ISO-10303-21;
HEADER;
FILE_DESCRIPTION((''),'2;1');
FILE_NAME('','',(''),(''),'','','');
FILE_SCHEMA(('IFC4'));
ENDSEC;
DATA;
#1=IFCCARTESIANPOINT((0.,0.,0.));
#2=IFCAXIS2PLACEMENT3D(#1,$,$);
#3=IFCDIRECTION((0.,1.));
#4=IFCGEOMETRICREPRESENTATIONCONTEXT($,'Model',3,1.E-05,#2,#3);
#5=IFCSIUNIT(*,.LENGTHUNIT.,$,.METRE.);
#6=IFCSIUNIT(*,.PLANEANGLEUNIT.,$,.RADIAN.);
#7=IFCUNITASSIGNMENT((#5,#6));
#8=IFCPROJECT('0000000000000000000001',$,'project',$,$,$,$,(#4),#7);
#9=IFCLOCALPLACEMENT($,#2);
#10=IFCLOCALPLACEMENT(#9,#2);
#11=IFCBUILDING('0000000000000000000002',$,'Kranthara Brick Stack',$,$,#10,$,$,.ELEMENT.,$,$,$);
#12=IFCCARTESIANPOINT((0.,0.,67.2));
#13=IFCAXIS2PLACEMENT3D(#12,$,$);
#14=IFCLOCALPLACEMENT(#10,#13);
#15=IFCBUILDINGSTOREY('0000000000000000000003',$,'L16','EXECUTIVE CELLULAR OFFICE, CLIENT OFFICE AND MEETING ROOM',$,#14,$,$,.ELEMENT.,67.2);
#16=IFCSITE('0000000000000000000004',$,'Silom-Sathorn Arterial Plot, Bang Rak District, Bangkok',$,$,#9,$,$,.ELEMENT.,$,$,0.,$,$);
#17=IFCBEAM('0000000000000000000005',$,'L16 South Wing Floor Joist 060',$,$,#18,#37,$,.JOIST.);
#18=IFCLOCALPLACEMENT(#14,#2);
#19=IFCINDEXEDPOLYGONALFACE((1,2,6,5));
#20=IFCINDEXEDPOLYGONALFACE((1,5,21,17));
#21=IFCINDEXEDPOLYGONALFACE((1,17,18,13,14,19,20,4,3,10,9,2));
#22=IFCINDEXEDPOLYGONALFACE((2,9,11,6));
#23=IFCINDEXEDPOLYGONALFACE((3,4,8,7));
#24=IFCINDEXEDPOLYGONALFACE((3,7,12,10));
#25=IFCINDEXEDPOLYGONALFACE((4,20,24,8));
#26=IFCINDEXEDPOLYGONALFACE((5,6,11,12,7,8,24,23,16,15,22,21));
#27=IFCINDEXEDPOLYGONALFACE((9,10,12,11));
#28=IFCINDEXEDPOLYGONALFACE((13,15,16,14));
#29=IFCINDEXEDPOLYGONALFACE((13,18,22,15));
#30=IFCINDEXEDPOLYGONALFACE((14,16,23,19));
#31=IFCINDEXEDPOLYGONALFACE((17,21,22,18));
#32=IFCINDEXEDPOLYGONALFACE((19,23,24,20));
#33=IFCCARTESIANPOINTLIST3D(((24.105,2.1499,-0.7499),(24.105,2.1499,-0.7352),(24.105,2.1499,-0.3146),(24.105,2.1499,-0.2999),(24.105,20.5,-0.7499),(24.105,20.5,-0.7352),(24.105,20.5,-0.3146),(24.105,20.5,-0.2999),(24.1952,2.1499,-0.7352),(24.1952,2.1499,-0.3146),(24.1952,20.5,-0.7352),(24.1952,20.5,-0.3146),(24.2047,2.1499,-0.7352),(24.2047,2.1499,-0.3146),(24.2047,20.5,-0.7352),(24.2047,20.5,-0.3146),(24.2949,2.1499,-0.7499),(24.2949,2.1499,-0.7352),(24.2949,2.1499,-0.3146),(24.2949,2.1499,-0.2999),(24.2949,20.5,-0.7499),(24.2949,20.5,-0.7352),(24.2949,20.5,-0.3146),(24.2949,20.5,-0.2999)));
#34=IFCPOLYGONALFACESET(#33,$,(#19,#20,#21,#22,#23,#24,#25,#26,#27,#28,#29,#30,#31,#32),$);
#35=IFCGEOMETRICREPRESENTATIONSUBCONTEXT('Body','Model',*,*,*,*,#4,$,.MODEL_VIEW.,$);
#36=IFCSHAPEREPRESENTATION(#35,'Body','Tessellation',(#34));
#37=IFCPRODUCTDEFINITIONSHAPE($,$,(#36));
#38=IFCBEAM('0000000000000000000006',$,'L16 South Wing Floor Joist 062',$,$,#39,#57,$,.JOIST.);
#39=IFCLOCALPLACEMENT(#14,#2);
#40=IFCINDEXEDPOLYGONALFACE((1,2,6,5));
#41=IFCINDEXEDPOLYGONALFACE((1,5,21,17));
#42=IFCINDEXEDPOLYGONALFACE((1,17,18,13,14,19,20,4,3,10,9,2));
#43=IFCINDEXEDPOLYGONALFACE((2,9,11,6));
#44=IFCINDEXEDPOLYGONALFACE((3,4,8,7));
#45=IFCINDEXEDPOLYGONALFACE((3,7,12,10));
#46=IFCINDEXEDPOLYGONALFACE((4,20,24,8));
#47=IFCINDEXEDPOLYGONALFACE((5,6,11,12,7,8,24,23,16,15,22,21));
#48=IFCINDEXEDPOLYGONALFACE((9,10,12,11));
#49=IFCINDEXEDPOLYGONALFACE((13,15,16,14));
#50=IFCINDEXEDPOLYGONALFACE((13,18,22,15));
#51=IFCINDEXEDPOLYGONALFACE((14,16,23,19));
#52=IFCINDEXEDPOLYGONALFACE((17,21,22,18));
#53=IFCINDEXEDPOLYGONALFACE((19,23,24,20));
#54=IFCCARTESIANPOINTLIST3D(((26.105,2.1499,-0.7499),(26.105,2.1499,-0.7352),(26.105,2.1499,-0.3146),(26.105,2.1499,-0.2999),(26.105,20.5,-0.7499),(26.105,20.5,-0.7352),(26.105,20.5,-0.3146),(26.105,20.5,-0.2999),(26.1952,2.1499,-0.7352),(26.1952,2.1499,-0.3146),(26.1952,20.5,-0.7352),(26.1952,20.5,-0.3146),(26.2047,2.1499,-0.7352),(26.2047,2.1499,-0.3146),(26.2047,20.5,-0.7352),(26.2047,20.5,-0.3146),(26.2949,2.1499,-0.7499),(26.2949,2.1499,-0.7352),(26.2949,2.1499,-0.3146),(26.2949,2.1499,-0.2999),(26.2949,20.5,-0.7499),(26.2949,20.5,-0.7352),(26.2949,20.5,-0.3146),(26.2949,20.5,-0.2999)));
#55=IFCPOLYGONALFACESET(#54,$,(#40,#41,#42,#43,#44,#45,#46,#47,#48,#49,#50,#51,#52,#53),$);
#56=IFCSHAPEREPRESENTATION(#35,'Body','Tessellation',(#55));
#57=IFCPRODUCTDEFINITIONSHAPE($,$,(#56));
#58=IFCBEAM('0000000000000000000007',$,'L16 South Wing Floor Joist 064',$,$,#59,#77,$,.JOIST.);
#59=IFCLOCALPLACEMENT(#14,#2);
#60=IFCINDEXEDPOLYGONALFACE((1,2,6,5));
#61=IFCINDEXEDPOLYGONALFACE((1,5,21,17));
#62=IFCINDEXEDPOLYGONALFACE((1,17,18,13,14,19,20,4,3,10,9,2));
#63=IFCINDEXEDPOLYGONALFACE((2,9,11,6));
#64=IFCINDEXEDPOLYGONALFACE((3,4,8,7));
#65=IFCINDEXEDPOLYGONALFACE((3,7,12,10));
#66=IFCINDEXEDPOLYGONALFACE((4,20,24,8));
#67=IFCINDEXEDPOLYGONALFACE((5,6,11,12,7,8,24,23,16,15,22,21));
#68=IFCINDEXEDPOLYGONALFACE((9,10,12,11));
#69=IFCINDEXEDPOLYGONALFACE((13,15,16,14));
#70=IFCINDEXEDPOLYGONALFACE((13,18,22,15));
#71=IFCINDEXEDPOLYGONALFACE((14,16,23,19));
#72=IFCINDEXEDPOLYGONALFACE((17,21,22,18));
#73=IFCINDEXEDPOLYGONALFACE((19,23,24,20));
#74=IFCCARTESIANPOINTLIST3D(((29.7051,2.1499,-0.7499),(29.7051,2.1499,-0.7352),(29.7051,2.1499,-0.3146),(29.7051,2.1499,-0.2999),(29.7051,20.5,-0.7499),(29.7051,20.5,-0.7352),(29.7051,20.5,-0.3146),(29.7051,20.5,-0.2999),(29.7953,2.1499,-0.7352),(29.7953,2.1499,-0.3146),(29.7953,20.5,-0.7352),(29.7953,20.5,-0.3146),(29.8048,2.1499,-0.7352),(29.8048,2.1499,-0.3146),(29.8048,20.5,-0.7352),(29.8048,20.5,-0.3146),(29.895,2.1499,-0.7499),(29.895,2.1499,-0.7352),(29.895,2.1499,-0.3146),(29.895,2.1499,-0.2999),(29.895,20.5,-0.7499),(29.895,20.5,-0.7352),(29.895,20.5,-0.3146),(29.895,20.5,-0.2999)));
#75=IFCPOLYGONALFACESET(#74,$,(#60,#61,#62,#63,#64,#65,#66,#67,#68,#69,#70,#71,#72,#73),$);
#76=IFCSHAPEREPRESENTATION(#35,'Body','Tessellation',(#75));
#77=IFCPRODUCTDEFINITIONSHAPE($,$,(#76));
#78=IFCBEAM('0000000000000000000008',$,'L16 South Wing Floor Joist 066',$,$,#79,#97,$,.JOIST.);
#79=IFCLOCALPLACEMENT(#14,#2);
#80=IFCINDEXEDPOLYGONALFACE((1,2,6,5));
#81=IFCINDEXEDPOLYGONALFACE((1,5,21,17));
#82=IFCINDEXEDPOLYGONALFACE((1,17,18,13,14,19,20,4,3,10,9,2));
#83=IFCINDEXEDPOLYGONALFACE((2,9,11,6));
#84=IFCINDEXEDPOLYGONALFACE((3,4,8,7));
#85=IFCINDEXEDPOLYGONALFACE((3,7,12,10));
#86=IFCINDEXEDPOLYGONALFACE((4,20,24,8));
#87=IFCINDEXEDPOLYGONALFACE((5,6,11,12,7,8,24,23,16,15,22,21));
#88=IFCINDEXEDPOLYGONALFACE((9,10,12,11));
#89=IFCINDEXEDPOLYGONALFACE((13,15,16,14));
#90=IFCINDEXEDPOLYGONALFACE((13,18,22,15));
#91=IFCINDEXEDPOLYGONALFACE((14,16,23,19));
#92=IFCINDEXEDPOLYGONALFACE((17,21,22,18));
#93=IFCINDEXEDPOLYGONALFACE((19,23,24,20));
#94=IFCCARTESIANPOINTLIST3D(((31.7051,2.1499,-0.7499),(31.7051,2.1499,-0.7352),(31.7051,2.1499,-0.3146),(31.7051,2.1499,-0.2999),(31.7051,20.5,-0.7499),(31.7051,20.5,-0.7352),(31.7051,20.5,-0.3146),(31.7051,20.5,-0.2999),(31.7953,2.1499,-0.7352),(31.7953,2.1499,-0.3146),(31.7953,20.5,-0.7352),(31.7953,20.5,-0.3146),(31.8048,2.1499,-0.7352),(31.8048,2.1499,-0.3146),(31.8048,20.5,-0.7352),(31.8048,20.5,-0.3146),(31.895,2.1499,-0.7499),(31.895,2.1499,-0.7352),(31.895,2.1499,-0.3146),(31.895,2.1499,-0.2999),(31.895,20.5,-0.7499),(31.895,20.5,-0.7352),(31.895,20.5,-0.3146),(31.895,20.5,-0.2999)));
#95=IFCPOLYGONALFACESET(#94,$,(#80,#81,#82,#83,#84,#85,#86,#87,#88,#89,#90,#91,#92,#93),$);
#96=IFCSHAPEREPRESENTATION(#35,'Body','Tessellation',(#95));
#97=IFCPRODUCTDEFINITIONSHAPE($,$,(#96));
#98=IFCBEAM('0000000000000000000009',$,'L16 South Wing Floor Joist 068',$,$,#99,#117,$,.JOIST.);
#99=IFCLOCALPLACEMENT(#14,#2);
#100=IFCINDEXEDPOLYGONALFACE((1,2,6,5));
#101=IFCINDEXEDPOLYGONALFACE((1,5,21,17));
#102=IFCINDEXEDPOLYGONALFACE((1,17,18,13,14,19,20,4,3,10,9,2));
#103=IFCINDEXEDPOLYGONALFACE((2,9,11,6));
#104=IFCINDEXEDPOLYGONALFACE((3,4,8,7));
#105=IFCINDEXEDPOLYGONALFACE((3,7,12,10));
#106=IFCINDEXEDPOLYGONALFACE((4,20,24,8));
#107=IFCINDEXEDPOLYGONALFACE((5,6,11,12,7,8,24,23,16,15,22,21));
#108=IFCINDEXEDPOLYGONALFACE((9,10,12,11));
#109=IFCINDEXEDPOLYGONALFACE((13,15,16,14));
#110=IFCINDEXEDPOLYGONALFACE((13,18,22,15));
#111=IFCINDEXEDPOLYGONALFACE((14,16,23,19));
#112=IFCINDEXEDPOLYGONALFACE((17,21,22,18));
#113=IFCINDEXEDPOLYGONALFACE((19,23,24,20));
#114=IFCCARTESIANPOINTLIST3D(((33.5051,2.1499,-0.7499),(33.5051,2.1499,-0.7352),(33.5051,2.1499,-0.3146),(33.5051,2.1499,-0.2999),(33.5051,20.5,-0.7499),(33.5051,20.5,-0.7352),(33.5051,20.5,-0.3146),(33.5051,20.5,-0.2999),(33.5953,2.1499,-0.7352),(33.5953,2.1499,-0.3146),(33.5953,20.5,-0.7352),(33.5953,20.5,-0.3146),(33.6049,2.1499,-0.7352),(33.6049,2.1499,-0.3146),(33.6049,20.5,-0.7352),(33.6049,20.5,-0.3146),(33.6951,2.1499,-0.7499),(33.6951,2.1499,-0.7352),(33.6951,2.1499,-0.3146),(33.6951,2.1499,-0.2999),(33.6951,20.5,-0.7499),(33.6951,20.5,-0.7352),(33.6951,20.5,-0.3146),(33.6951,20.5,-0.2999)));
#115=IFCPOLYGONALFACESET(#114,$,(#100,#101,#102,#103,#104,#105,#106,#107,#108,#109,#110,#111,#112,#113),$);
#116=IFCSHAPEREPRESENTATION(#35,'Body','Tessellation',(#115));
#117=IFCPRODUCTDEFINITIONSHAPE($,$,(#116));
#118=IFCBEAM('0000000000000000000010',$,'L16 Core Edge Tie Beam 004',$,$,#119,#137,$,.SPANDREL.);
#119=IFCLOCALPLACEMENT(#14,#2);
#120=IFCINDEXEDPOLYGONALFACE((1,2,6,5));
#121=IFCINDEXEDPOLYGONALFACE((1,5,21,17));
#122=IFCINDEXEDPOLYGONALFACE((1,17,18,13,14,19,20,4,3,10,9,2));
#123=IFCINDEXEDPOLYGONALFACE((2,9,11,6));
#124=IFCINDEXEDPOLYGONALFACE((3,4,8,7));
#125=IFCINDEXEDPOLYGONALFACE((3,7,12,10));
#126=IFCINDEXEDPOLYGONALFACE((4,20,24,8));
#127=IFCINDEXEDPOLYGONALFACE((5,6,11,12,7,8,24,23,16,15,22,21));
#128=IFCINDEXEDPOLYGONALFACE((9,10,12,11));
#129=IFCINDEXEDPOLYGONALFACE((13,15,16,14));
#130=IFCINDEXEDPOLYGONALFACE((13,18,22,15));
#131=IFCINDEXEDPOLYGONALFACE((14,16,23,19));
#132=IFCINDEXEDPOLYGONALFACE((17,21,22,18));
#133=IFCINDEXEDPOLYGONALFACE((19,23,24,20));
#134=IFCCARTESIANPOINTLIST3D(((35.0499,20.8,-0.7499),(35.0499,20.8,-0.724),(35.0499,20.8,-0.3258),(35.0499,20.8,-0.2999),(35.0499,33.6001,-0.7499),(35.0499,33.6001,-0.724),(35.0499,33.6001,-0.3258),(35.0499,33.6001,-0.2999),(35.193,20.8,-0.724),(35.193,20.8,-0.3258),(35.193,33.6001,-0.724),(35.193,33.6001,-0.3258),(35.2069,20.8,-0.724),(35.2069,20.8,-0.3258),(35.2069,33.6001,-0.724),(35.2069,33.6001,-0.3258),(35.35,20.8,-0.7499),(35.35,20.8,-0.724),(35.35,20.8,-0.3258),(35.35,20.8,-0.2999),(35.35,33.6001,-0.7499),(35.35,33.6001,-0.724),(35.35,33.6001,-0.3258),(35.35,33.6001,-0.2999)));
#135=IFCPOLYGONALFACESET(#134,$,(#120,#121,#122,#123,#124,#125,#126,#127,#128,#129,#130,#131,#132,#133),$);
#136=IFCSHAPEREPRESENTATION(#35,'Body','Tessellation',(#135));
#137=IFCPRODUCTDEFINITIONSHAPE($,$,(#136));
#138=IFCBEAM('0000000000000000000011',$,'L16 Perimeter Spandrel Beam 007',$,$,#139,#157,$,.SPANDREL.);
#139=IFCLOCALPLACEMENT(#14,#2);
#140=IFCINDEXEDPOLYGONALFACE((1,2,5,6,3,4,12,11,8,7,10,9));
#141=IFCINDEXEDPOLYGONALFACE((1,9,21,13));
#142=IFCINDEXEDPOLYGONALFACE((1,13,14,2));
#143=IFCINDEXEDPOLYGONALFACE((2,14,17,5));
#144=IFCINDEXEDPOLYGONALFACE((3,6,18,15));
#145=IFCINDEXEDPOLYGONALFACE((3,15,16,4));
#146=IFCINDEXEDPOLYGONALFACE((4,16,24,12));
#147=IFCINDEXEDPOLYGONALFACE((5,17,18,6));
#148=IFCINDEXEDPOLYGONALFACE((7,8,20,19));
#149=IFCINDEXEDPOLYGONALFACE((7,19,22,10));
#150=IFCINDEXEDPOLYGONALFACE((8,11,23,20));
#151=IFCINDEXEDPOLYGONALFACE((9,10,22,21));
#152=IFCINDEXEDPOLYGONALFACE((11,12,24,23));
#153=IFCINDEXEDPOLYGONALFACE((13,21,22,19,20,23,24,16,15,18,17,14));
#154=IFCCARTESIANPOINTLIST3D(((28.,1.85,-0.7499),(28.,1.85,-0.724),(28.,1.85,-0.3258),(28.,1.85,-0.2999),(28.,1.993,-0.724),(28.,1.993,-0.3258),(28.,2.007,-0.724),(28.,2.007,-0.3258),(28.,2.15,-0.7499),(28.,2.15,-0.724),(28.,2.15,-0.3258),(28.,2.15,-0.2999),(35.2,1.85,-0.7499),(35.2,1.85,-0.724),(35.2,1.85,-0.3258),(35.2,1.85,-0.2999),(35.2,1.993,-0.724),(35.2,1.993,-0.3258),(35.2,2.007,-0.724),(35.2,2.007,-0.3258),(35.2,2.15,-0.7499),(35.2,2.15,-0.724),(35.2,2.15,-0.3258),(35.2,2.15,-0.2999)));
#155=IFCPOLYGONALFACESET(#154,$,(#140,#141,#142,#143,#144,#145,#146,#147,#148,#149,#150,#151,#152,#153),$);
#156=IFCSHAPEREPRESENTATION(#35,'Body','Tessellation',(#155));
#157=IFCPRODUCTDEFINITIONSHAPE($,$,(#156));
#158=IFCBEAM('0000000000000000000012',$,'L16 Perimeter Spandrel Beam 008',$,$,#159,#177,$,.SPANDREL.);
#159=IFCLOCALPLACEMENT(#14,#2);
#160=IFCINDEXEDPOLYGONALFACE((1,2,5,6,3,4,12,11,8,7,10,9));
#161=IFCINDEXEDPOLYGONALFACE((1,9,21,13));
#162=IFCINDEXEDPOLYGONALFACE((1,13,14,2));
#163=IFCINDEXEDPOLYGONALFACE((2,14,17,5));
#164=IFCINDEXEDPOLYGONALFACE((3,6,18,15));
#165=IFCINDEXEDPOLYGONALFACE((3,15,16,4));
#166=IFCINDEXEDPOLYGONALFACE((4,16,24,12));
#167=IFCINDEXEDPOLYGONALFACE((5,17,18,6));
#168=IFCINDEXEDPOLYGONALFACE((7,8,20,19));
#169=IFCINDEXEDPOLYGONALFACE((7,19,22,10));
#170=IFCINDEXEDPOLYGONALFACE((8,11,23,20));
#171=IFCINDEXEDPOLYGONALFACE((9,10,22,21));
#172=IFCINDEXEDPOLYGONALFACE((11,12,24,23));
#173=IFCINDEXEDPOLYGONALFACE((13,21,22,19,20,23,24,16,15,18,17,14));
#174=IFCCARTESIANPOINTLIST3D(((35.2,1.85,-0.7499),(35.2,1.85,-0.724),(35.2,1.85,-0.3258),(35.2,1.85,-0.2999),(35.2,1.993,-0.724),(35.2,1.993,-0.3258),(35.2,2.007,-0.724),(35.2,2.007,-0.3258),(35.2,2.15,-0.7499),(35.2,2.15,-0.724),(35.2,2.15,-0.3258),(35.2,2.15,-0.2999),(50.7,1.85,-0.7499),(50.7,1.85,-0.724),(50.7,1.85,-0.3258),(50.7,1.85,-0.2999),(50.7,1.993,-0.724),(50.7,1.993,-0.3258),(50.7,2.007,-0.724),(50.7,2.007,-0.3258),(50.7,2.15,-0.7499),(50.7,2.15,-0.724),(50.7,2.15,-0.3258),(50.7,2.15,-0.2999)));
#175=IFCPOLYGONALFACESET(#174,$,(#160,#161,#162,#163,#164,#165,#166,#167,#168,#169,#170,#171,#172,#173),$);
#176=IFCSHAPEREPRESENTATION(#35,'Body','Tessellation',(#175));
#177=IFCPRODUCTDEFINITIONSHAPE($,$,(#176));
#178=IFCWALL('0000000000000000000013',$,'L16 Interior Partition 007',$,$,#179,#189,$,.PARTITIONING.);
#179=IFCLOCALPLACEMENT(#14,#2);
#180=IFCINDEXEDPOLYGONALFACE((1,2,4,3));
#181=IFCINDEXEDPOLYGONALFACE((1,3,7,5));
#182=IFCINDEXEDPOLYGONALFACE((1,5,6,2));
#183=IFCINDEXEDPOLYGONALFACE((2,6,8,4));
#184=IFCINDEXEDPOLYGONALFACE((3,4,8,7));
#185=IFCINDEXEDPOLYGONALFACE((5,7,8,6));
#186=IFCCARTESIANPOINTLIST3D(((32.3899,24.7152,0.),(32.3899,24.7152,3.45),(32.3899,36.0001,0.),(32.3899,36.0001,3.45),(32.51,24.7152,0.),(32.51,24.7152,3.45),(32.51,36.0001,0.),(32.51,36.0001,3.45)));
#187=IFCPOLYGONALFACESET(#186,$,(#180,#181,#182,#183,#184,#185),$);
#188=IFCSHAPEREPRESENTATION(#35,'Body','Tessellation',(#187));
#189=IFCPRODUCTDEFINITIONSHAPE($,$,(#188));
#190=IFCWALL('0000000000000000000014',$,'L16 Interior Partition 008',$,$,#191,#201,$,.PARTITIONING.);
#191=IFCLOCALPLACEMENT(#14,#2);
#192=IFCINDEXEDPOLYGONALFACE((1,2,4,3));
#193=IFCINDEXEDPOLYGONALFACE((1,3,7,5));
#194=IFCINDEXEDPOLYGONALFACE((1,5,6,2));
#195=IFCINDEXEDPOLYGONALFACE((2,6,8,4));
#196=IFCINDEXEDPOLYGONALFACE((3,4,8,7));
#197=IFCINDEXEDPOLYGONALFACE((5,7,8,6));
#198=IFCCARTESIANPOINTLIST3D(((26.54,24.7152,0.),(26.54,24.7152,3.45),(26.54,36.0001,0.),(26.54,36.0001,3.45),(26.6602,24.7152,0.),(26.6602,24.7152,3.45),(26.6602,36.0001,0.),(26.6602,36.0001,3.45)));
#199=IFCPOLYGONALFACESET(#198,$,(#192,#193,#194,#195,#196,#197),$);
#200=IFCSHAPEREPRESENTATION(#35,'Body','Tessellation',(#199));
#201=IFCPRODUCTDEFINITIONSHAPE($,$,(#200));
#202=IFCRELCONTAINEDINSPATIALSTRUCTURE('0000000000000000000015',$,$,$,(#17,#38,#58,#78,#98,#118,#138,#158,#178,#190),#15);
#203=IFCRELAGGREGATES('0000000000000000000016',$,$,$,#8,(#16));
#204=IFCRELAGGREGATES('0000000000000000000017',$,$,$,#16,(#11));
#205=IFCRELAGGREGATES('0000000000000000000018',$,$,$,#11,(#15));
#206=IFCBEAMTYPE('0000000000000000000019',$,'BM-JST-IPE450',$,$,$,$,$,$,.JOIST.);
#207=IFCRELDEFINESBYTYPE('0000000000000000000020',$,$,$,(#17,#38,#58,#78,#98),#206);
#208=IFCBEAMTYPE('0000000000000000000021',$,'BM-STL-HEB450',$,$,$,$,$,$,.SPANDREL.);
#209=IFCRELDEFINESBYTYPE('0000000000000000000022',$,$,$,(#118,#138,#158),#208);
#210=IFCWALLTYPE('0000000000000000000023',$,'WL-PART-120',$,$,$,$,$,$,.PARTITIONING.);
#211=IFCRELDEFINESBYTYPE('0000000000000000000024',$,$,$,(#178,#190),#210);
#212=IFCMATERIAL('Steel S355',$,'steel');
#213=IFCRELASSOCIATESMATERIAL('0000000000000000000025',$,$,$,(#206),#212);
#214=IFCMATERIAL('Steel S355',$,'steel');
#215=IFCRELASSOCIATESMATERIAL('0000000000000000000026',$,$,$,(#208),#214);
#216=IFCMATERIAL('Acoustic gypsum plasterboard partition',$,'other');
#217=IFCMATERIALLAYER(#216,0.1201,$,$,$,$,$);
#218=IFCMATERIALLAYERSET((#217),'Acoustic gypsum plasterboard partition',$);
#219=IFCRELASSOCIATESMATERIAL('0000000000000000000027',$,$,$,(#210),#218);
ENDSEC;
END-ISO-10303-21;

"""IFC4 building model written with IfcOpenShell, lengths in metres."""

from ifc_helpers import new_model, si_unit, direction, frame, frame_2d, origin, origin_2d, place, context, subcontext, project, spatial, rectangle, i_section, extrude, material, layer, layer_set, material_profile, profile_set, type_object, element, save


model = new_model("IFC4")

# Units and contexts
model_context = context("Model", 3, precision=1e-05, world=origin(), true_north=direction((0.0, 1.0)))
body_context = subcontext(model_context, "Body", "Model", "MODEL_VIEW")
ifc_project = project(units=[si_unit("LENGTHUNIT", "METRE"), si_unit("PLANEANGLEUNIT", "RADIAN")], contexts=[model_context])

# Site, building, storey
site_placement = place(None, origin())
site = spatial("IfcSite", under=ifc_project, at=site_placement, Name="Silom-Sathorn Arterial Plot, Bang Rak District, Bangkok", CompositionType="ELEMENT", RefElevation=0.0)
building_placement = place(site_placement, origin())
building = spatial("IfcBuilding", under=site, at=building_placement, Name="Kranthara Brick Stack", CompositionType="ELEMENT")
storey_placement = place(building_placement, frame((0.0, 0.0, 67.2)))
storey = spatial("IfcBuildingStorey", under=building, at=storey_placement, Name="L16", Description="EXECUTIVE CELLULAR OFFICE, CLIENT OFFICE AND MEETING ROOM", CompositionType="ELEMENT", Elevation=67.2)

# Beams
ifc_material_1 = material(Name="Steel S355", Category="steel")
ifc_material_profile_1 = material_profile(ifc_material_1, i_section(OverallWidth=0.1899, OverallDepth=0.45, WebThickness=0.0095, FlangeThickness=0.0146, at=origin_2d()), Name="IPE 450")
ifc_profile_set_1 = profile_set([ifc_material_profile_1], Name="Steel S355")
beam_type_1 = type_object("IfcBeamType", Name="BM-JST-IPE450", PredefinedType="JOIST", material=ifc_profile_set_1)
for number, where, z_axis, x_axis, name in (
    (1, (24.2, 2.1499, -0.5249), (0.0, 1.0, 0.0), (-1.0, 0.0, 0.0), "L16 South Wing Floor Joist 060"),
    (2, (26.2, 2.1499, -0.5249), (0.0, 1.0, 0.0), (-1.0, 0.0, 0.0), "L16 South Wing Floor Joist 062"),
    (3, (29.8, 2.1499, -0.5249), (0.0, 1.0, 0.0), (-1.0, 0.0, 0.0), "L16 South Wing Floor Joist 064"),
    (4, (31.8, 2.1499, -0.5249), (0.0, 1.0, 0.0), (-1.0, 0.0, 0.0), "L16 South Wing Floor Joist 066"),
    (5, (33.6001, 2.1499, -0.5249), (0.0, 1.0, 0.0), (-1.0, 0.0, 0.0), "L16 South Wing Floor Joist 068"),
):
    element("IfcBeam", number, at=place(storey_placement, frame(where, z_axis=z_axis, x_axis=x_axis)), inside=storey, type_object=beam_type_1, Name=name, PredefinedType="JOIST", context=body_context, shape_type="SweptSolid", body=[
        extrude(i_section(OverallWidth=0.1899, OverallDepth=0.45, WebThickness=0.0095, FlangeThickness=0.0146, at=origin_2d()), origin(), (0.0, 0.0, 1.0), 18.3501),
    ])
ifc_material_2 = material(Name="Steel S355", Category="steel")
ifc_material_profile_2 = material_profile(ifc_material_2, i_section(OverallWidth=0.3, OverallDepth=0.45, WebThickness=0.0139, FlangeThickness=0.0259, at=origin_2d()), Name="HEB 450")
ifc_profile_set_2 = profile_set([ifc_material_profile_2], Name="Steel S355")
beam_type_2 = type_object("IfcBeamType", Name="BM-STL-HEB450", PredefinedType="SPANDREL", material=ifc_profile_set_2)
beam_1_placement = place(storey_placement, frame((35.2, 20.8, -0.5249), z_axis=(0.0, 1.0, 0.0), x_axis=(-1.0, 0.0, 0.0)))
element("IfcBeam", 6, at=beam_1_placement, inside=storey, type_object=beam_type_2, Name="L16 Core Edge Tie Beam 004", PredefinedType="SPANDREL", context=body_context, shape_type="SweptSolid", body=[
    extrude(i_section(OverallWidth=0.3, OverallDepth=0.45, WebThickness=0.0139, FlangeThickness=0.0259, at=origin_2d()), origin(), (0.0, 0.0, 1.0), 12.8),
])
beam_2_placement = place(storey_placement, frame((28.0, 2.0, -0.5249), z_axis=(1.0, 0.0, 0.0), x_axis=(0.0, 1.0, 0.0)))
element("IfcBeam", 7, at=beam_2_placement, inside=storey, type_object=beam_type_2, Name="L16 Perimeter Spandrel Beam 007", PredefinedType="SPANDREL", context=body_context, shape_type="SweptSolid", body=[
    extrude(i_section(OverallWidth=0.3, OverallDepth=0.45, WebThickness=0.0139, FlangeThickness=0.0259, at=origin_2d()), origin(), (0.0, 0.0, 1.0), 7.2),
])
beam_3_placement = place(storey_placement, frame((35.2, 2.0, -0.5249), z_axis=(1.0, 0.0, 0.0), x_axis=(0.0, 1.0, 0.0)))
element("IfcBeam", 8, at=beam_3_placement, inside=storey, type_object=beam_type_2, Name="L16 Perimeter Spandrel Beam 008", PredefinedType="SPANDREL", context=body_context, shape_type="SweptSolid", body=[
    extrude(i_section(OverallWidth=0.3, OverallDepth=0.45, WebThickness=0.0139, FlangeThickness=0.0259, at=origin_2d()), origin(), (0.0, 0.0, 1.0), 15.5),
])

# Walls
ifc_material_3 = material(Name="Acoustic gypsum plasterboard partition", Category="other")
ifc_layer_1 = layer(ifc_material_3, 0.1201)
ifc_layer_set_1 = layer_set([ifc_layer_1], Name="Acoustic gypsum plasterboard partition")
wall_type_1 = type_object("IfcWallType", Name="WL-PART-120", PredefinedType="PARTITIONING", material=ifc_layer_set_1)
for number, where, z_axis, x_axis, name in (
    (9, (32.45, 24.7151, 0.0), (0.0, 0.0, 1.0), (0.0, 1.0, 0.0), "L16 Interior Partition 007"),
    (10, (26.6001, 24.7151, 0.0), (0.0, 0.0, 1.0), (0.0, 1.0, 0.0), "L16 Interior Partition 008"),
):
    element("IfcWall", number, at=place(storey_placement, frame(where, z_axis=z_axis, x_axis=x_axis)), inside=storey, type_object=wall_type_1, Name=name, PredefinedType="PARTITIONING", context=body_context, shape_type="SweptSolid", body=[
        extrude(rectangle(XDim=11.2849, YDim=0.1201, at=frame_2d((5.6426, 0.0))), origin(), (0.0, 0.0, 1.0), 3.45),
    ])

save(model, "model.ifc")
